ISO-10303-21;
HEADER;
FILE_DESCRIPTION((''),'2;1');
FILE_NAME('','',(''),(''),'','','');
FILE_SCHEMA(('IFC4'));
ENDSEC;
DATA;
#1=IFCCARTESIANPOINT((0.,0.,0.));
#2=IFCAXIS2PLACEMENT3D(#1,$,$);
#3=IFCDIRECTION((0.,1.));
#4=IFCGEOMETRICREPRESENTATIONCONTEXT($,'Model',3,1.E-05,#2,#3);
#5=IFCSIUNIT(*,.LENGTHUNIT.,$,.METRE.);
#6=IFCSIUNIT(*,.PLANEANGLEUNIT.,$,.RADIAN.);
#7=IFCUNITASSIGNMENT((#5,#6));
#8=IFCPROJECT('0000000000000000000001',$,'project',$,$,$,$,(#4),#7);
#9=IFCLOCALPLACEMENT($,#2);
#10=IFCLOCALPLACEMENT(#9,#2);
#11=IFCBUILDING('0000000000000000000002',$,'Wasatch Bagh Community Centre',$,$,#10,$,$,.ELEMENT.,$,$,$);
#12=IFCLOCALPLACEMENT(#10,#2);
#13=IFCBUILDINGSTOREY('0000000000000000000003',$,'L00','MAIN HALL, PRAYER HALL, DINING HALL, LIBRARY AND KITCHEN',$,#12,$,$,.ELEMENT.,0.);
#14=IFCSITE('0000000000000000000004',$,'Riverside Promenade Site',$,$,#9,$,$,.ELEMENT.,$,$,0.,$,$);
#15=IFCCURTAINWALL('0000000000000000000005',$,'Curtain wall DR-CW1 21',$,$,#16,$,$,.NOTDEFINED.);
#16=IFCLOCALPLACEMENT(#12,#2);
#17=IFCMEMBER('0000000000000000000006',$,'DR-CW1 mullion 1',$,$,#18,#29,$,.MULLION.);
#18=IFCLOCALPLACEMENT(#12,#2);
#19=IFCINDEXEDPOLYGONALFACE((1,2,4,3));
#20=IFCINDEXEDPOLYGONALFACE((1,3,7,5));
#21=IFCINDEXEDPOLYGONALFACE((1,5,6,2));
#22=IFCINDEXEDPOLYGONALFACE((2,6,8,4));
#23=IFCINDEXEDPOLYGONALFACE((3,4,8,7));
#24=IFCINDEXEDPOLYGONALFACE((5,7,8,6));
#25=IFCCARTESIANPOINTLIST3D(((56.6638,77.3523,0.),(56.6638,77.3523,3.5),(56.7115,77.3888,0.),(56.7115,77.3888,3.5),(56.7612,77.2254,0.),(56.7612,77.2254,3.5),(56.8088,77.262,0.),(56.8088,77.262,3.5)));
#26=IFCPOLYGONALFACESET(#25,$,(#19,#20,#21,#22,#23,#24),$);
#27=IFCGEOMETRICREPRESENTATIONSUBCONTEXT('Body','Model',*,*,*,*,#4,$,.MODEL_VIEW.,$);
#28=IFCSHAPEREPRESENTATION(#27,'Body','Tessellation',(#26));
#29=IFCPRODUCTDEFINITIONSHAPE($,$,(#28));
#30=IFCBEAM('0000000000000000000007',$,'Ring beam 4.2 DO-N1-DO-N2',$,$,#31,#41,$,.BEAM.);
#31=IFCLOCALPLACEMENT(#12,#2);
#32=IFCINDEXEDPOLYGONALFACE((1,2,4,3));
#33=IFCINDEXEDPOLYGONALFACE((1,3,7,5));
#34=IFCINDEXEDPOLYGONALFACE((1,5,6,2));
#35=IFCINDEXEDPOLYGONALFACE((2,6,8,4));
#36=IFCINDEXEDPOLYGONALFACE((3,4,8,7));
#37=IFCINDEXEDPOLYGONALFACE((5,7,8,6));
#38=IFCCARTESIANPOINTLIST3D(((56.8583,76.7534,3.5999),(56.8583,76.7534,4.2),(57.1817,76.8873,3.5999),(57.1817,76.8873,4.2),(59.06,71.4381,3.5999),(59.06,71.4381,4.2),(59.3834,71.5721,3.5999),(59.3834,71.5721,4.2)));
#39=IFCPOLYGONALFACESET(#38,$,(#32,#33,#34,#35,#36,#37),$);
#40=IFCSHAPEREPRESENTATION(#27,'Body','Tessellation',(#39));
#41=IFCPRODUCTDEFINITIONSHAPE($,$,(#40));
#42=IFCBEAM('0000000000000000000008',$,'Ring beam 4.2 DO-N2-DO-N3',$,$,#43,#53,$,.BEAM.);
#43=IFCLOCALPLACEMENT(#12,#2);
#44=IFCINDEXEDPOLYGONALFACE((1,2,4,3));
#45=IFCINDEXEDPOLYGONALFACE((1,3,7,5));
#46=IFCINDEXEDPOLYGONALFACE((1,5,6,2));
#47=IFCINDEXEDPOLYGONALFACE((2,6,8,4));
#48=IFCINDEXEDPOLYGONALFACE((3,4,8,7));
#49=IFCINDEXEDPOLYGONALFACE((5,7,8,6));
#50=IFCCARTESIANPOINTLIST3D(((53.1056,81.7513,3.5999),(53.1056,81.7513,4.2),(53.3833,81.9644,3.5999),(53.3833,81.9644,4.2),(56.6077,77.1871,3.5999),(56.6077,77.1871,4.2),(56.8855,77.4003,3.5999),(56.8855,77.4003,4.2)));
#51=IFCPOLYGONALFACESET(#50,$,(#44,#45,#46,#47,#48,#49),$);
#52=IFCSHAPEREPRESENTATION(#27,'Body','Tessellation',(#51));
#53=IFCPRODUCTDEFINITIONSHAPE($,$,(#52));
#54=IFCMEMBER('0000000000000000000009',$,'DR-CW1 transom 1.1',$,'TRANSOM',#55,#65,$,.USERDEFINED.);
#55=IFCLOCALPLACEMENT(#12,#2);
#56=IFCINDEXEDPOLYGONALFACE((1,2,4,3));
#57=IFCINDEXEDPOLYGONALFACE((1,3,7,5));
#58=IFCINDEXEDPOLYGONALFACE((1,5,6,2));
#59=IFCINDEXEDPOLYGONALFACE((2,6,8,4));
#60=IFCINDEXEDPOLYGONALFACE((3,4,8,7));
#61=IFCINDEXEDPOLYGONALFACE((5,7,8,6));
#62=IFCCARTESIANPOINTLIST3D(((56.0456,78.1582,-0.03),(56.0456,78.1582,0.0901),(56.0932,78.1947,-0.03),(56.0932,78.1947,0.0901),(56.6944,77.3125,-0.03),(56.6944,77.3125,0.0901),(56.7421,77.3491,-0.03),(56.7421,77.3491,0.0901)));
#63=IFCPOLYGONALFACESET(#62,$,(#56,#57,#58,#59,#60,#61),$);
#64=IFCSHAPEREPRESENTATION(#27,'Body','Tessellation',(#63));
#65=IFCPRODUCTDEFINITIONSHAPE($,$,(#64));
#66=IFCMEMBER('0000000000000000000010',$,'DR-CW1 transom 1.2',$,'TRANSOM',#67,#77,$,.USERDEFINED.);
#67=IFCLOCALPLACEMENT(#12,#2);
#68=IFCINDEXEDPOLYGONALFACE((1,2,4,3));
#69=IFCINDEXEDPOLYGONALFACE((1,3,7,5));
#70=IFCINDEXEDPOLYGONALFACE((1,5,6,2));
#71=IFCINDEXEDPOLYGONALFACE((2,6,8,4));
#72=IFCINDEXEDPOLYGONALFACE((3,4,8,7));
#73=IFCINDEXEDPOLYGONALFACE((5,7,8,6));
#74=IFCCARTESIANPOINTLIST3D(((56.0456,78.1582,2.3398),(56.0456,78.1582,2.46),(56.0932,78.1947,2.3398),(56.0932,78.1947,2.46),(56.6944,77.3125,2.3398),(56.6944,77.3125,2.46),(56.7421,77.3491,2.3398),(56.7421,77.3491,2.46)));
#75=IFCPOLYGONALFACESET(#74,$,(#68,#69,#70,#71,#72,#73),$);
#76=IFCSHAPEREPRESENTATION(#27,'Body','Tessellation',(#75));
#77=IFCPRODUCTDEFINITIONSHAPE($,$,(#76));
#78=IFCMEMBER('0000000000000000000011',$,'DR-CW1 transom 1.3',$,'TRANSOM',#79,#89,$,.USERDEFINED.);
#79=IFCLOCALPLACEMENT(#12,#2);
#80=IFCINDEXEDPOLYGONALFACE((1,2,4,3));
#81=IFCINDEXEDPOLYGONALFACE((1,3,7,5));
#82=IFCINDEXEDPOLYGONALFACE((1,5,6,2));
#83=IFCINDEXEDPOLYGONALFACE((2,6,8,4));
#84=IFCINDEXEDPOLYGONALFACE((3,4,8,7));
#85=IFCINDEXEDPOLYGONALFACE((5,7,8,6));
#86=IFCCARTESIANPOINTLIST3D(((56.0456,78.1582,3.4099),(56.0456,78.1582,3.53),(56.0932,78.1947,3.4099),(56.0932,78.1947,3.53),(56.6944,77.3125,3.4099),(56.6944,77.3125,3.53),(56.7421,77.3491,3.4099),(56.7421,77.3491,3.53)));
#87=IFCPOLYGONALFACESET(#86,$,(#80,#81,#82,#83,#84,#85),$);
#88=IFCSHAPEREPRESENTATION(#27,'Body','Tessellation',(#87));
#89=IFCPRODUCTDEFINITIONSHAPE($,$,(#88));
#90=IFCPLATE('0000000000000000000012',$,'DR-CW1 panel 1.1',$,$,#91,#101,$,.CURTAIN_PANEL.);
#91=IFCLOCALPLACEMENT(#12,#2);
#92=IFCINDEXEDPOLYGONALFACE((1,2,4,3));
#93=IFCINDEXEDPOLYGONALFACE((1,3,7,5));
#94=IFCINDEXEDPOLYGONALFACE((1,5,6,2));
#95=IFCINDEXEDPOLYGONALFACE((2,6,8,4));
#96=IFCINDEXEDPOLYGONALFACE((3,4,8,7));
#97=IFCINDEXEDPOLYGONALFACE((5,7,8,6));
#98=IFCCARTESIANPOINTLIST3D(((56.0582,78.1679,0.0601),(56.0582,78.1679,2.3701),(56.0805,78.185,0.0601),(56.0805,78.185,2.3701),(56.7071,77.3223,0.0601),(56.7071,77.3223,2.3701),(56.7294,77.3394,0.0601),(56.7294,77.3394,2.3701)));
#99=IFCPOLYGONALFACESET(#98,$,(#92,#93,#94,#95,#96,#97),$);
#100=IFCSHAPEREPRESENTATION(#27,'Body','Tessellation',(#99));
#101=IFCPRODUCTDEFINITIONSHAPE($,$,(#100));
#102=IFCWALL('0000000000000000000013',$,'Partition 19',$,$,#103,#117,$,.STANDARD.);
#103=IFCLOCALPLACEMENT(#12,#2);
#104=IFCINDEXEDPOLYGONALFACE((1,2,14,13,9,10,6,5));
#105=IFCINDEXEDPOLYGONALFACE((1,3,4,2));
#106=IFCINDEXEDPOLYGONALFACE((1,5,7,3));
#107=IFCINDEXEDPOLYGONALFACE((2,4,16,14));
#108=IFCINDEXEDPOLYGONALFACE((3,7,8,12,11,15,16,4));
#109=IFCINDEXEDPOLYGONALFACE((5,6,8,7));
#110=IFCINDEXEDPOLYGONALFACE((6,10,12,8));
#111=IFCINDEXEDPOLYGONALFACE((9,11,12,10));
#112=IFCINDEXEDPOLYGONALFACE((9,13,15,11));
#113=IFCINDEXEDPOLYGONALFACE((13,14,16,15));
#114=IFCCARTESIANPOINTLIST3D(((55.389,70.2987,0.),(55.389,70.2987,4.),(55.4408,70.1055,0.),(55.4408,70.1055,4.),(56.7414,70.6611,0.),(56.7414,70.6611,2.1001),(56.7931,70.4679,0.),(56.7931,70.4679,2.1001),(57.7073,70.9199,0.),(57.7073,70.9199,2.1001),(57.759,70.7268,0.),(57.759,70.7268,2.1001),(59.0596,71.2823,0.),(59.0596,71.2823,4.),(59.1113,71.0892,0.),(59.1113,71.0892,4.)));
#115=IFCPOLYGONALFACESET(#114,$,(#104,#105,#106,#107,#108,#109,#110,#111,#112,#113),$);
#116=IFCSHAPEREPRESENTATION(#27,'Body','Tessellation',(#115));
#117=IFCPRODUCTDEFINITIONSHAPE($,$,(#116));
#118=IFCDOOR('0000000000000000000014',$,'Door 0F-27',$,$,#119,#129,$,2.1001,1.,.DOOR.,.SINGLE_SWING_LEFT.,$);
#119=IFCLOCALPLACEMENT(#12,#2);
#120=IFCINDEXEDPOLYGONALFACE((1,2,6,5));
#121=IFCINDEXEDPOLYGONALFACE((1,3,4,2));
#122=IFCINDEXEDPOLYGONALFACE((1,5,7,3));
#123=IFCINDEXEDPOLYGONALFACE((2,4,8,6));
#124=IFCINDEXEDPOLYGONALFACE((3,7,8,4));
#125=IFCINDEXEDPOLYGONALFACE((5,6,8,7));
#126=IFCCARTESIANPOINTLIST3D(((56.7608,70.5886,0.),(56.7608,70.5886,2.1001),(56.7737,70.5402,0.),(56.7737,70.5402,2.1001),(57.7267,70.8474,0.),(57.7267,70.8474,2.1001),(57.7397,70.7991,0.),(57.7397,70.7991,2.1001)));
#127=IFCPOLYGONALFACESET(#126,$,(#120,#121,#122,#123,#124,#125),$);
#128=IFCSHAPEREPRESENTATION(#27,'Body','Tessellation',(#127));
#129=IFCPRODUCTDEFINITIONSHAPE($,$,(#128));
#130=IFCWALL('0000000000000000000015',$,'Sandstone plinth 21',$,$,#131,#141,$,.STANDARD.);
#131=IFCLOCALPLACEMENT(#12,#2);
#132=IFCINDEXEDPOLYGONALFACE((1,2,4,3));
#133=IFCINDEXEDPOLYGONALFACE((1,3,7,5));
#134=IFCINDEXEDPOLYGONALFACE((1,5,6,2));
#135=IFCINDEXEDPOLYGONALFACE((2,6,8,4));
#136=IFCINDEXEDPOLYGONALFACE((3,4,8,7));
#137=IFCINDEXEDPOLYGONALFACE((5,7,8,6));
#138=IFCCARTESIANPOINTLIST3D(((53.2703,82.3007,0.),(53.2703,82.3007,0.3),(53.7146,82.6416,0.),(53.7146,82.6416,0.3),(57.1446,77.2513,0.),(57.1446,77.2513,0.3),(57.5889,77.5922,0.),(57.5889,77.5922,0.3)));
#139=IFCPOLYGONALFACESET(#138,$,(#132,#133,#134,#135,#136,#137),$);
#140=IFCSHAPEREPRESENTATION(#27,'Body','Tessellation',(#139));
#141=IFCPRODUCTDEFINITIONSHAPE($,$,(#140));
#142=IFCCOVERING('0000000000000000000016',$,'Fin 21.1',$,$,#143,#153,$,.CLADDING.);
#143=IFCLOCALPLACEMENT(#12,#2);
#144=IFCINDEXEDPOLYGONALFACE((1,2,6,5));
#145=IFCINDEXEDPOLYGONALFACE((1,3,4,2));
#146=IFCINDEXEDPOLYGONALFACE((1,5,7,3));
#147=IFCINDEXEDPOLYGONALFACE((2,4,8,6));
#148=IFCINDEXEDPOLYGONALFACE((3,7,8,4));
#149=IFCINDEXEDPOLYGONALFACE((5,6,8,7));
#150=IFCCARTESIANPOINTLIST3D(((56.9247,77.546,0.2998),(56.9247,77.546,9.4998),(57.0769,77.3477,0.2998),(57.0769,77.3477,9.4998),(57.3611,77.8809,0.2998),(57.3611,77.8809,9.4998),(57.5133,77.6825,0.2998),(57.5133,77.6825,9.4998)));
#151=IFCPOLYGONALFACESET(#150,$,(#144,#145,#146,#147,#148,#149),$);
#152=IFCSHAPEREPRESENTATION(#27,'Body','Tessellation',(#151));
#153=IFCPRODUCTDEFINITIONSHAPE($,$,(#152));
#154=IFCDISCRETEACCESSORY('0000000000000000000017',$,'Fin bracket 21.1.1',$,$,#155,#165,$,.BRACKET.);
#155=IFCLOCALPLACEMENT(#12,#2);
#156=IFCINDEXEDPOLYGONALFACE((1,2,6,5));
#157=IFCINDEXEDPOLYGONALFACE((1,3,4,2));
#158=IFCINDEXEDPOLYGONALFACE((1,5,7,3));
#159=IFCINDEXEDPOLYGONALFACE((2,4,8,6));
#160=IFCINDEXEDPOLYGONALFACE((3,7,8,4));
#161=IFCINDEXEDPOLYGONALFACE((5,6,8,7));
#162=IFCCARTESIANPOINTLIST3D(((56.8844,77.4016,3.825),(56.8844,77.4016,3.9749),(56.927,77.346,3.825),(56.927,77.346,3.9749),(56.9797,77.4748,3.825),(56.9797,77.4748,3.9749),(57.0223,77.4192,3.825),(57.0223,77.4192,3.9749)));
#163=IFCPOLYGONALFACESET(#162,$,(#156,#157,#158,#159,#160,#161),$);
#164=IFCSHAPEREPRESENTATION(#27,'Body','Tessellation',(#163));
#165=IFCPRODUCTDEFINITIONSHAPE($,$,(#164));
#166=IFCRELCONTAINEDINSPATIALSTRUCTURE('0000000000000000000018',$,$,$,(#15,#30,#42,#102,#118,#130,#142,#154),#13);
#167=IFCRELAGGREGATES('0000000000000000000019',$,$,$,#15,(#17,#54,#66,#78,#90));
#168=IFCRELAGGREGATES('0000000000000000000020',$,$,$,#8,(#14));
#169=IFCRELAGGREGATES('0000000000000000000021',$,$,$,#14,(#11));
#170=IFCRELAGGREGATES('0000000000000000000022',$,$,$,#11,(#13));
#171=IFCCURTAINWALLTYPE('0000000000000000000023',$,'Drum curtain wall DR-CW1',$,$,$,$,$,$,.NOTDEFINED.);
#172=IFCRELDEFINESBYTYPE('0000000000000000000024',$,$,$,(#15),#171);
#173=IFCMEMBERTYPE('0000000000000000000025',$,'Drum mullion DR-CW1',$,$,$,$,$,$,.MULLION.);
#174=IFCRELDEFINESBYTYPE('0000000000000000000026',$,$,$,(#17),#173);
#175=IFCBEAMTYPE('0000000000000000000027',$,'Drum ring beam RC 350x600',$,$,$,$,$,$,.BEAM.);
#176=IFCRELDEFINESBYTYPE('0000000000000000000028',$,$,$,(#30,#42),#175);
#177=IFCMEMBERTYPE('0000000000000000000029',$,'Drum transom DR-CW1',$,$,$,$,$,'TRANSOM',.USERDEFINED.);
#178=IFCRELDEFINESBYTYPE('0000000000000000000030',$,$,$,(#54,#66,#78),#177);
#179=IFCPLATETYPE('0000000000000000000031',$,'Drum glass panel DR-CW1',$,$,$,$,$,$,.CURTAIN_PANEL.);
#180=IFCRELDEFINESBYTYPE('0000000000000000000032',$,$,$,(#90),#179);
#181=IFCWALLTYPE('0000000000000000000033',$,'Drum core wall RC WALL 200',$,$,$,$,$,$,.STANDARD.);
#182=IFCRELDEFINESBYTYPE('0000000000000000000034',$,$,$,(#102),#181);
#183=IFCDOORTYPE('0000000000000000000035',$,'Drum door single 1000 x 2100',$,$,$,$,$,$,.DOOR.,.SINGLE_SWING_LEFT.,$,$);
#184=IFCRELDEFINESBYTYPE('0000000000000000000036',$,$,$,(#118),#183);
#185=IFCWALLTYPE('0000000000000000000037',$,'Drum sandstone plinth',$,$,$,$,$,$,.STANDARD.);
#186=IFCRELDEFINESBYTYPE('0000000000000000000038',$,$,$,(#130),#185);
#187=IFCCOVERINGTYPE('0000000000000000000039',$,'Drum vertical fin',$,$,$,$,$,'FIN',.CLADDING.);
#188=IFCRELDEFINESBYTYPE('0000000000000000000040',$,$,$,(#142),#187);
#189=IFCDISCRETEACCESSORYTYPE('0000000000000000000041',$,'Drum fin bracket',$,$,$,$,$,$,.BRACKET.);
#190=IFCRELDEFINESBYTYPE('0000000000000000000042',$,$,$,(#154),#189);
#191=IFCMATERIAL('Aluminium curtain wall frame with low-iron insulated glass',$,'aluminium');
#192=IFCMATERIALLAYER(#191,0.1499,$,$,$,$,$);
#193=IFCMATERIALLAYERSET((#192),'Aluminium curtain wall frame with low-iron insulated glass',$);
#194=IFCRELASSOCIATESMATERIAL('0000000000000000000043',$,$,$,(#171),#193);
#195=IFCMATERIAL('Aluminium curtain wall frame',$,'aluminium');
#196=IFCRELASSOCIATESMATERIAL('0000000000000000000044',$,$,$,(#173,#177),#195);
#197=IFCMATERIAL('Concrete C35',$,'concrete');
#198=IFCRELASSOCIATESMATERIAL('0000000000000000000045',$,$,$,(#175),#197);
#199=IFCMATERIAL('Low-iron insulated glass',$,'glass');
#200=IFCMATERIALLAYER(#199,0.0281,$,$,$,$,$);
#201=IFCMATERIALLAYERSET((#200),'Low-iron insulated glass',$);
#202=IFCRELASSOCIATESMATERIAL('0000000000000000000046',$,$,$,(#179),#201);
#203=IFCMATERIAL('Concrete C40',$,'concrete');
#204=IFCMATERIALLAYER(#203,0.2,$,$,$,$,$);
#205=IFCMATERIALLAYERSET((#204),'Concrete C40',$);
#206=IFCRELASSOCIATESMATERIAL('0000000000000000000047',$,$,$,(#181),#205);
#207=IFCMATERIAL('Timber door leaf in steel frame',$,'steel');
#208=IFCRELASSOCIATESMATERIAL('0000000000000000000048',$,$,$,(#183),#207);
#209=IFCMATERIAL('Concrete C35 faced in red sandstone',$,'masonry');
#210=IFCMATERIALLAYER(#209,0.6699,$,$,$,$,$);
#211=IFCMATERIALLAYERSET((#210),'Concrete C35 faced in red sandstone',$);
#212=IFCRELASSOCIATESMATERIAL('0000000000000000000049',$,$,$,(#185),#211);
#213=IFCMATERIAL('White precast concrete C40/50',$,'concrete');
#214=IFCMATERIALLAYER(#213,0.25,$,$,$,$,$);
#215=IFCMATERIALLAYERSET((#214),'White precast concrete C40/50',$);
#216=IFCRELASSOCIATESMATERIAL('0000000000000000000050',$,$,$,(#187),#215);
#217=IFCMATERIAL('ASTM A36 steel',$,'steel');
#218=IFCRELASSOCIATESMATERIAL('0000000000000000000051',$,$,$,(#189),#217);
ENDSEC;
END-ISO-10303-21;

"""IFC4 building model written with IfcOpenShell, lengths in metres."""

from ifc_helpers import new_model, si_unit, direction, frame, frame_2d, origin, origin_2d, place, context, subcontext, project, spatial, rectangle, extrude, material, layer, layer_set, material_profile, profile_set, type_object, element, fill, aggregate, save


model = new_model("IFC4")

# Units and contexts
model_context = context("Model", 3, precision=1e-05, world=origin(), true_north=direction((0.0, 1.0)))
body_context = subcontext(model_context, "Body", "Model", "MODEL_VIEW")
ifc_project = project(units=[si_unit("LENGTHUNIT", "METRE"), si_unit("PLANEANGLEUNIT", "RADIAN")], contexts=[model_context])

# Site, building, storey
site_placement = place(None, origin())
site = spatial("IfcSite", under=ifc_project, at=site_placement, Name="Riverside Promenade Site", CompositionType="ELEMENT", RefElevation=0.0)
building_placement = place(site_placement, origin())
building = spatial("IfcBuilding", under=site, at=building_placement, Name="Wasatch Bagh Community Centre", CompositionType="ELEMENT")
storey_placement = place(building_placement, origin())
storey = spatial("IfcBuildingStorey", under=building, at=storey_placement, Name="L00", Description="MAIN HALL, PRAYER HALL, DINING HALL, LIBRARY AND KITCHEN", CompositionType="ELEMENT", Elevation=0.0)

# Shared definitions
ifc_material_1 = material(Name="Concrete C35", Category="concrete")

# Shared definitions
ifc_material_2 = material(Name="Concrete C40", Category="concrete")

# Curtain wall, member
ifc_material_3 = material(Name="Aluminium curtain wall frame with low-iron insulated glass", Category="aluminium")
ifc_layer_1 = layer(ifc_material_3, 0.1499)
ifc_layer_set_1 = layer_set([ifc_layer_1], Name="Aluminium curtain wall frame with low-iron insulated glass")
curtain_wall_type = type_object("IfcCurtainWallType", Name="Drum curtain wall DR-CW1", PredefinedType="NOTDEFINED", material=ifc_layer_set_1)
curtain_wall_placement = place(storey_placement, origin())
curtain_wall = element("IfcCurtainWall", 1, at=curtain_wall_placement, inside=storey, type_object=curtain_wall_type, Name="Curtain wall DR-CW1 21", PredefinedType="NOTDEFINED")
ifc_material_4 = material(Name="Aluminium curtain wall frame", Category="aluminium")
ifc_material_profile_1 = material_profile(ifc_material_4, rectangle(XDim=0.0601, YDim=0.1599, at=origin_2d()), Name="Drum mullion DR-CW1")
ifc_profile_set_1 = profile_set([ifc_material_profile_1], Name="Aluminium curtain wall frame")
member_type_1 = type_object("IfcMemberType", Name="Drum mullion DR-CW1", PredefinedType="MULLION", material=ifc_profile_set_1)
member_1_placement = place(storey_placement, frame((56.7363, 77.3071, 0.0), z_axis=(0.0, 0.0, 1.0), x_axis=(-0.793353, -0.608761, 0.0)))
member_1 = element("IfcMember", 2, at=member_1_placement, type_object=member_type_1, Name="DR-CW1 mullion 1", PredefinedType="MULLION", context=body_context, shape_type="SweptSolid", body=[
    extrude(rectangle(XDim=0.0601, YDim=0.1599, at=origin_2d()), origin(), (0.0, 0.0, 1.0), 3.5),
])

# Beams
ifc_material_profile_2 = material_profile(ifc_material_1, rectangle(XDim=0.3501, YDim=0.6001, at=origin_2d()), Name="RC 350x600")
ifc_profile_set_2 = profile_set([ifc_material_profile_2], Name="Concrete C35")
beam_type = type_object("IfcBeamType", Name="Drum ring beam RC 350x600", PredefinedType="BEAM", material=ifc_profile_set_2)
beam_1_placement = place(storey_placement, frame((59.2217, 71.5051, 3.8999), z_axis=(-0.382689, 0.923877, 0.0), x_axis=(-0.923877, -0.382689, 0.0)))
element("IfcBeam", 3, at=beam_1_placement, inside=storey, type_object=beam_type, Name="Ring beam 4.2 DO-N1-DO-N2", PredefinedType="BEAM", context=body_context, shape_type="SweptSolid", body=[
    extrude(rectangle(XDim=0.3501, YDim=0.6001, at=origin_2d()), origin(), (0.0, 0.0, 1.0), 5.7532),
])
beam_2_placement = place(storey_placement, frame((56.7466, 77.2937, 3.8999), z_axis=(-0.608757, 0.793357, 0.0), x_axis=(-0.793357, -0.608757, 0.0)))
element("IfcBeam", 4, at=beam_2_placement, inside=storey, type_object=beam_type, Name="Ring beam 4.2 DO-N2-DO-N3", PredefinedType="BEAM", context=body_context, shape_type="SweptSolid", body=[
    extrude(rectangle(XDim=0.3501, YDim=0.6001, at=origin_2d()), origin(), (0.0, 0.0, 1.0), 5.7529),
])

# Members
ifc_material_profile_3 = material_profile(ifc_material_4, rectangle(XDim=0.0601, YDim=0.1201, at=origin_2d()), Name="Drum transom DR-CW1")
ifc_profile_set_3 = profile_set([ifc_material_profile_3], Name="Aluminium curtain wall frame")
member_type_2 = type_object("IfcMemberType", Name="Drum transom DR-CW1", ElementType="TRANSOM", PredefinedType="USERDEFINED", material=ifc_profile_set_3)
member_2_placement = place(storey_placement, frame((56.7183, 77.3308, 0.03), z_axis=(-0.608758, 0.793356, 0.0), x_axis=(-0.793356, -0.608758, 0.0)))
member_2 = element("IfcMember", 5, at=member_2_placement, type_object=member_type_2, Name="DR-CW1 transom 1.1", ObjectType="TRANSOM", PredefinedType="USERDEFINED", context=body_context, shape_type="SweptSolid", body=[
    extrude(rectangle(XDim=0.0601, YDim=0.1201, at=origin_2d()), origin(), (0.0, 0.0, 1.0), 1.0659),
])
member_3_placement = place(storey_placement, frame((56.7183, 77.3308, 2.3999), z_axis=(-0.608758, 0.793356, 0.0), x_axis=(-0.793356, -0.608758, 0.0)))
member_3 = element("IfcMember", 6, at=member_3_placement, type_object=member_type_2, Name="DR-CW1 transom 1.2", ObjectType="TRANSOM", PredefinedType="USERDEFINED", context=body_context, shape_type="SweptSolid", body=[
    extrude(rectangle(XDim=0.0601, YDim=0.1201, at=origin_2d()), origin(), (0.0, 0.0, 1.0), 1.0659),
])
member_4_placement = place(storey_placement, frame((56.7183, 77.3308, 3.47), z_axis=(-0.608758, 0.793356, 0.0), x_axis=(-0.793356, -0.608758, 0.0)))
member_4 = element("IfcMember", 7, at=member_4_placement, type_object=member_type_2, Name="DR-CW1 transom 1.3", ObjectType="TRANSOM", PredefinedType="USERDEFINED", context=body_context, shape_type="SweptSolid", body=[
    extrude(rectangle(XDim=0.0601, YDim=0.1201, at=origin_2d()), origin(), (0.0, 0.0, 1.0), 1.0659),
])

# Plate
ifc_material_5 = material(Name="Low-iron insulated glass", Category="glass")
ifc_layer_2 = layer(ifc_material_5, 0.0281)
ifc_layer_set_2 = layer_set([ifc_layer_2], Name="Low-iron insulated glass")
plate_type = type_object("IfcPlateType", Name="Drum glass panel DR-CW1", PredefinedType="CURTAIN_PANEL", material=ifc_layer_set_2)
plate_placement = place(storey_placement, frame((56.3938, 77.7537, 0.0601), z_axis=(0.0, 0.0, 1.0), x_axis=(-0.608761, 0.793353, 0.0)))
plate = element("IfcPlate", 8, at=plate_placement, type_object=plate_type, Name="DR-CW1 panel 1.1", PredefinedType="CURTAIN_PANEL", context=body_context, shape_type="SweptSolid", body=[
    extrude(rectangle(XDim=1.0659, YDim=0.0281, at=origin_2d()), origin(), (0.0, 0.0, 1.0), 2.3101),
])
aggregate(curtain_wall, [member_1, member_2, member_3, member_4, plate])

# Wall, opening, door
ifc_layer_3 = layer(ifc_material_2, 0.2)
ifc_layer_set_3 = layer_set([ifc_layer_3], Name="Concrete C40")
wall_type_1 = type_object("IfcWallType", Name="Drum core wall RC WALL 200", PredefinedType="STANDARD", material=ifc_layer_set_3)
wall_1_placement = place(storey_placement, frame((55.415, 70.2021, 0.0), z_axis=(0.0, 0.0, 1.0), x_axis=(0.96592, 0.258842, 0.0)))
wall_1 = element("IfcWall", 9, at=wall_1_placement, inside=storey, type_object=wall_type_1, Name="Partition 19", PredefinedType="STANDARD", context=body_context, shape_type="SweptSolid", body=[
    extrude(rectangle(XDim=3.8, YDim=0.2, at=frame_2d((1.8999, 0.0))), origin(), (0.0, 0.0, 1.0), 4.0),
])
opening_1_placement = place(wall_1_placement, frame((1.3999, 0.0, 0.0)))
opening_1 = element("IfcOpeningElement", 10, at=opening_1_placement, cuts=wall_1, PredefinedType="OPENING", context=body_context, shape_type="SweptSolid", body=[
    extrude(rectangle(XDim=1.0, YDim=2.1001, at=frame_2d((0.5, 1.05))), frame((0.0, 0.1099, 0.0), z_axis=(0.0, -1.0, 0.0), x_axis=(1.0, 0.0, 0.0)), (0.0, 0.0, 1.0), 0.22),
])
ifc_material_6 = material(Name="Timber door leaf in steel frame", Category="steel")
door_type_1 = type_object("IfcDoorType", Name="Drum door single 1000 x 2100", OperationType="SINGLE_SWING_LEFT", PredefinedType="DOOR", material=ifc_material_6)
door_1_placement = place(opening_1_placement, origin())
door_1 = element("IfcDoor", 11, at=door_1_placement, inside=storey, type_object=door_type_1, Name="Door 0F-27", OperationType="SINGLE_SWING_LEFT", OverallHeight=2.1001, OverallWidth=1.0, PredefinedType="DOOR", context=body_context, shape_type="SweptSolid", body=[
    extrude(rectangle(XDim=1.0, YDim=2.1001, at=frame_2d((0.5, 1.05))), frame((0.0, 0.0249, 0.0), z_axis=(0.0, -1.0, 0.0), x_axis=(1.0, 0.0, 0.0)), (0.0, 0.0, 1.0), 0.05),
])
fill(opening_1, door_1)

# Wall
ifc_material_7 = material(Name="Concrete C35 faced in red sandstone", Category="masonry")
ifc_layer_4 = layer(ifc_material_7, 0.6699)
ifc_layer_set_4 = layer_set([ifc_layer_4], Name="Concrete C35 faced in red sandstone")
wall_type_2 = type_object("IfcWallType", Name="Drum sandstone plinth", PredefinedType="STANDARD", material=ifc_layer_set_4)
wall_2_placement = place(storey_placement, frame((57.3667, 77.4219, 0.0), z_axis=(0.0, 0.0, 1.0), x_axis=(-0.608741, 0.793369, 0.0)))
element("IfcWall", 12, at=wall_2_placement, inside=storey, type_object=wall_type_2, Name="Sandstone plinth 21", PredefinedType="STANDARD", context=body_context, shape_type="SweptSolid", body=[
    extrude(rectangle(XDim=6.3645, YDim=0.5601, at=frame_2d((3.1821, 0.0))), origin(), (0.0, 0.0, 1.0), 0.3),
])

# Covering
ifc_material_8 = material(Name="White precast concrete C40/50", Category="concrete")
ifc_layer_5 = layer(ifc_material_8, 0.25)
ifc_layer_set_5 = layer_set([ifc_layer_5], Name="White precast concrete C40/50")
covering_type = type_object("IfcCoveringType", Name="Drum vertical fin", ElementType="FIN", PredefinedType="CLADDING", material=ifc_layer_set_5)
covering_placement = place(storey_placement, frame((57.219, 77.6143, 0.2998), z_axis=(0.0, 0.0, 1.0), x_axis=(-0.608761, 0.793353, 0.0)))
element("IfcCovering", 13, at=covering_placement, inside=storey, type_object=covering_type, Name="Fin 21.1", PredefinedType="CLADDING", context=body_context, shape_type="SweptSolid", body=[
    extrude(rectangle(XDim=0.25, YDim=0.55, at=origin_2d()), origin(), (0.0, 0.0, 1.0), 9.2),
])

# Discrete accessory
ifc_material_9 = material(Name="ASTM A36 steel", Category="steel")
discrete_accessory_type = type_object("IfcDiscreteAccessoryType", Name="Drum fin bracket", PredefinedType="BRACKET", material=ifc_material_9)
discrete_accessory_placement = place(storey_placement, frame((56.9534, 77.4104, 3.825), z_axis=(0.0, 0.0, 1.0), x_axis=(-0.608761, 0.793353, 0.0)))
element("IfcDiscreteAccessory", 14, at=discrete_accessory_placement, inside=storey, type_object=discrete_accessory_type, Name="Fin bracket 21.1.1", PredefinedType="BRACKET", context=body_context, shape_type="SweptSolid", body=[
    extrude(rectangle(XDim=0.0701, YDim=0.1201, at=origin_2d()), origin(), (0.0, 0.0, 1.0), 0.1499),
])

save(model, "model.ifc")
